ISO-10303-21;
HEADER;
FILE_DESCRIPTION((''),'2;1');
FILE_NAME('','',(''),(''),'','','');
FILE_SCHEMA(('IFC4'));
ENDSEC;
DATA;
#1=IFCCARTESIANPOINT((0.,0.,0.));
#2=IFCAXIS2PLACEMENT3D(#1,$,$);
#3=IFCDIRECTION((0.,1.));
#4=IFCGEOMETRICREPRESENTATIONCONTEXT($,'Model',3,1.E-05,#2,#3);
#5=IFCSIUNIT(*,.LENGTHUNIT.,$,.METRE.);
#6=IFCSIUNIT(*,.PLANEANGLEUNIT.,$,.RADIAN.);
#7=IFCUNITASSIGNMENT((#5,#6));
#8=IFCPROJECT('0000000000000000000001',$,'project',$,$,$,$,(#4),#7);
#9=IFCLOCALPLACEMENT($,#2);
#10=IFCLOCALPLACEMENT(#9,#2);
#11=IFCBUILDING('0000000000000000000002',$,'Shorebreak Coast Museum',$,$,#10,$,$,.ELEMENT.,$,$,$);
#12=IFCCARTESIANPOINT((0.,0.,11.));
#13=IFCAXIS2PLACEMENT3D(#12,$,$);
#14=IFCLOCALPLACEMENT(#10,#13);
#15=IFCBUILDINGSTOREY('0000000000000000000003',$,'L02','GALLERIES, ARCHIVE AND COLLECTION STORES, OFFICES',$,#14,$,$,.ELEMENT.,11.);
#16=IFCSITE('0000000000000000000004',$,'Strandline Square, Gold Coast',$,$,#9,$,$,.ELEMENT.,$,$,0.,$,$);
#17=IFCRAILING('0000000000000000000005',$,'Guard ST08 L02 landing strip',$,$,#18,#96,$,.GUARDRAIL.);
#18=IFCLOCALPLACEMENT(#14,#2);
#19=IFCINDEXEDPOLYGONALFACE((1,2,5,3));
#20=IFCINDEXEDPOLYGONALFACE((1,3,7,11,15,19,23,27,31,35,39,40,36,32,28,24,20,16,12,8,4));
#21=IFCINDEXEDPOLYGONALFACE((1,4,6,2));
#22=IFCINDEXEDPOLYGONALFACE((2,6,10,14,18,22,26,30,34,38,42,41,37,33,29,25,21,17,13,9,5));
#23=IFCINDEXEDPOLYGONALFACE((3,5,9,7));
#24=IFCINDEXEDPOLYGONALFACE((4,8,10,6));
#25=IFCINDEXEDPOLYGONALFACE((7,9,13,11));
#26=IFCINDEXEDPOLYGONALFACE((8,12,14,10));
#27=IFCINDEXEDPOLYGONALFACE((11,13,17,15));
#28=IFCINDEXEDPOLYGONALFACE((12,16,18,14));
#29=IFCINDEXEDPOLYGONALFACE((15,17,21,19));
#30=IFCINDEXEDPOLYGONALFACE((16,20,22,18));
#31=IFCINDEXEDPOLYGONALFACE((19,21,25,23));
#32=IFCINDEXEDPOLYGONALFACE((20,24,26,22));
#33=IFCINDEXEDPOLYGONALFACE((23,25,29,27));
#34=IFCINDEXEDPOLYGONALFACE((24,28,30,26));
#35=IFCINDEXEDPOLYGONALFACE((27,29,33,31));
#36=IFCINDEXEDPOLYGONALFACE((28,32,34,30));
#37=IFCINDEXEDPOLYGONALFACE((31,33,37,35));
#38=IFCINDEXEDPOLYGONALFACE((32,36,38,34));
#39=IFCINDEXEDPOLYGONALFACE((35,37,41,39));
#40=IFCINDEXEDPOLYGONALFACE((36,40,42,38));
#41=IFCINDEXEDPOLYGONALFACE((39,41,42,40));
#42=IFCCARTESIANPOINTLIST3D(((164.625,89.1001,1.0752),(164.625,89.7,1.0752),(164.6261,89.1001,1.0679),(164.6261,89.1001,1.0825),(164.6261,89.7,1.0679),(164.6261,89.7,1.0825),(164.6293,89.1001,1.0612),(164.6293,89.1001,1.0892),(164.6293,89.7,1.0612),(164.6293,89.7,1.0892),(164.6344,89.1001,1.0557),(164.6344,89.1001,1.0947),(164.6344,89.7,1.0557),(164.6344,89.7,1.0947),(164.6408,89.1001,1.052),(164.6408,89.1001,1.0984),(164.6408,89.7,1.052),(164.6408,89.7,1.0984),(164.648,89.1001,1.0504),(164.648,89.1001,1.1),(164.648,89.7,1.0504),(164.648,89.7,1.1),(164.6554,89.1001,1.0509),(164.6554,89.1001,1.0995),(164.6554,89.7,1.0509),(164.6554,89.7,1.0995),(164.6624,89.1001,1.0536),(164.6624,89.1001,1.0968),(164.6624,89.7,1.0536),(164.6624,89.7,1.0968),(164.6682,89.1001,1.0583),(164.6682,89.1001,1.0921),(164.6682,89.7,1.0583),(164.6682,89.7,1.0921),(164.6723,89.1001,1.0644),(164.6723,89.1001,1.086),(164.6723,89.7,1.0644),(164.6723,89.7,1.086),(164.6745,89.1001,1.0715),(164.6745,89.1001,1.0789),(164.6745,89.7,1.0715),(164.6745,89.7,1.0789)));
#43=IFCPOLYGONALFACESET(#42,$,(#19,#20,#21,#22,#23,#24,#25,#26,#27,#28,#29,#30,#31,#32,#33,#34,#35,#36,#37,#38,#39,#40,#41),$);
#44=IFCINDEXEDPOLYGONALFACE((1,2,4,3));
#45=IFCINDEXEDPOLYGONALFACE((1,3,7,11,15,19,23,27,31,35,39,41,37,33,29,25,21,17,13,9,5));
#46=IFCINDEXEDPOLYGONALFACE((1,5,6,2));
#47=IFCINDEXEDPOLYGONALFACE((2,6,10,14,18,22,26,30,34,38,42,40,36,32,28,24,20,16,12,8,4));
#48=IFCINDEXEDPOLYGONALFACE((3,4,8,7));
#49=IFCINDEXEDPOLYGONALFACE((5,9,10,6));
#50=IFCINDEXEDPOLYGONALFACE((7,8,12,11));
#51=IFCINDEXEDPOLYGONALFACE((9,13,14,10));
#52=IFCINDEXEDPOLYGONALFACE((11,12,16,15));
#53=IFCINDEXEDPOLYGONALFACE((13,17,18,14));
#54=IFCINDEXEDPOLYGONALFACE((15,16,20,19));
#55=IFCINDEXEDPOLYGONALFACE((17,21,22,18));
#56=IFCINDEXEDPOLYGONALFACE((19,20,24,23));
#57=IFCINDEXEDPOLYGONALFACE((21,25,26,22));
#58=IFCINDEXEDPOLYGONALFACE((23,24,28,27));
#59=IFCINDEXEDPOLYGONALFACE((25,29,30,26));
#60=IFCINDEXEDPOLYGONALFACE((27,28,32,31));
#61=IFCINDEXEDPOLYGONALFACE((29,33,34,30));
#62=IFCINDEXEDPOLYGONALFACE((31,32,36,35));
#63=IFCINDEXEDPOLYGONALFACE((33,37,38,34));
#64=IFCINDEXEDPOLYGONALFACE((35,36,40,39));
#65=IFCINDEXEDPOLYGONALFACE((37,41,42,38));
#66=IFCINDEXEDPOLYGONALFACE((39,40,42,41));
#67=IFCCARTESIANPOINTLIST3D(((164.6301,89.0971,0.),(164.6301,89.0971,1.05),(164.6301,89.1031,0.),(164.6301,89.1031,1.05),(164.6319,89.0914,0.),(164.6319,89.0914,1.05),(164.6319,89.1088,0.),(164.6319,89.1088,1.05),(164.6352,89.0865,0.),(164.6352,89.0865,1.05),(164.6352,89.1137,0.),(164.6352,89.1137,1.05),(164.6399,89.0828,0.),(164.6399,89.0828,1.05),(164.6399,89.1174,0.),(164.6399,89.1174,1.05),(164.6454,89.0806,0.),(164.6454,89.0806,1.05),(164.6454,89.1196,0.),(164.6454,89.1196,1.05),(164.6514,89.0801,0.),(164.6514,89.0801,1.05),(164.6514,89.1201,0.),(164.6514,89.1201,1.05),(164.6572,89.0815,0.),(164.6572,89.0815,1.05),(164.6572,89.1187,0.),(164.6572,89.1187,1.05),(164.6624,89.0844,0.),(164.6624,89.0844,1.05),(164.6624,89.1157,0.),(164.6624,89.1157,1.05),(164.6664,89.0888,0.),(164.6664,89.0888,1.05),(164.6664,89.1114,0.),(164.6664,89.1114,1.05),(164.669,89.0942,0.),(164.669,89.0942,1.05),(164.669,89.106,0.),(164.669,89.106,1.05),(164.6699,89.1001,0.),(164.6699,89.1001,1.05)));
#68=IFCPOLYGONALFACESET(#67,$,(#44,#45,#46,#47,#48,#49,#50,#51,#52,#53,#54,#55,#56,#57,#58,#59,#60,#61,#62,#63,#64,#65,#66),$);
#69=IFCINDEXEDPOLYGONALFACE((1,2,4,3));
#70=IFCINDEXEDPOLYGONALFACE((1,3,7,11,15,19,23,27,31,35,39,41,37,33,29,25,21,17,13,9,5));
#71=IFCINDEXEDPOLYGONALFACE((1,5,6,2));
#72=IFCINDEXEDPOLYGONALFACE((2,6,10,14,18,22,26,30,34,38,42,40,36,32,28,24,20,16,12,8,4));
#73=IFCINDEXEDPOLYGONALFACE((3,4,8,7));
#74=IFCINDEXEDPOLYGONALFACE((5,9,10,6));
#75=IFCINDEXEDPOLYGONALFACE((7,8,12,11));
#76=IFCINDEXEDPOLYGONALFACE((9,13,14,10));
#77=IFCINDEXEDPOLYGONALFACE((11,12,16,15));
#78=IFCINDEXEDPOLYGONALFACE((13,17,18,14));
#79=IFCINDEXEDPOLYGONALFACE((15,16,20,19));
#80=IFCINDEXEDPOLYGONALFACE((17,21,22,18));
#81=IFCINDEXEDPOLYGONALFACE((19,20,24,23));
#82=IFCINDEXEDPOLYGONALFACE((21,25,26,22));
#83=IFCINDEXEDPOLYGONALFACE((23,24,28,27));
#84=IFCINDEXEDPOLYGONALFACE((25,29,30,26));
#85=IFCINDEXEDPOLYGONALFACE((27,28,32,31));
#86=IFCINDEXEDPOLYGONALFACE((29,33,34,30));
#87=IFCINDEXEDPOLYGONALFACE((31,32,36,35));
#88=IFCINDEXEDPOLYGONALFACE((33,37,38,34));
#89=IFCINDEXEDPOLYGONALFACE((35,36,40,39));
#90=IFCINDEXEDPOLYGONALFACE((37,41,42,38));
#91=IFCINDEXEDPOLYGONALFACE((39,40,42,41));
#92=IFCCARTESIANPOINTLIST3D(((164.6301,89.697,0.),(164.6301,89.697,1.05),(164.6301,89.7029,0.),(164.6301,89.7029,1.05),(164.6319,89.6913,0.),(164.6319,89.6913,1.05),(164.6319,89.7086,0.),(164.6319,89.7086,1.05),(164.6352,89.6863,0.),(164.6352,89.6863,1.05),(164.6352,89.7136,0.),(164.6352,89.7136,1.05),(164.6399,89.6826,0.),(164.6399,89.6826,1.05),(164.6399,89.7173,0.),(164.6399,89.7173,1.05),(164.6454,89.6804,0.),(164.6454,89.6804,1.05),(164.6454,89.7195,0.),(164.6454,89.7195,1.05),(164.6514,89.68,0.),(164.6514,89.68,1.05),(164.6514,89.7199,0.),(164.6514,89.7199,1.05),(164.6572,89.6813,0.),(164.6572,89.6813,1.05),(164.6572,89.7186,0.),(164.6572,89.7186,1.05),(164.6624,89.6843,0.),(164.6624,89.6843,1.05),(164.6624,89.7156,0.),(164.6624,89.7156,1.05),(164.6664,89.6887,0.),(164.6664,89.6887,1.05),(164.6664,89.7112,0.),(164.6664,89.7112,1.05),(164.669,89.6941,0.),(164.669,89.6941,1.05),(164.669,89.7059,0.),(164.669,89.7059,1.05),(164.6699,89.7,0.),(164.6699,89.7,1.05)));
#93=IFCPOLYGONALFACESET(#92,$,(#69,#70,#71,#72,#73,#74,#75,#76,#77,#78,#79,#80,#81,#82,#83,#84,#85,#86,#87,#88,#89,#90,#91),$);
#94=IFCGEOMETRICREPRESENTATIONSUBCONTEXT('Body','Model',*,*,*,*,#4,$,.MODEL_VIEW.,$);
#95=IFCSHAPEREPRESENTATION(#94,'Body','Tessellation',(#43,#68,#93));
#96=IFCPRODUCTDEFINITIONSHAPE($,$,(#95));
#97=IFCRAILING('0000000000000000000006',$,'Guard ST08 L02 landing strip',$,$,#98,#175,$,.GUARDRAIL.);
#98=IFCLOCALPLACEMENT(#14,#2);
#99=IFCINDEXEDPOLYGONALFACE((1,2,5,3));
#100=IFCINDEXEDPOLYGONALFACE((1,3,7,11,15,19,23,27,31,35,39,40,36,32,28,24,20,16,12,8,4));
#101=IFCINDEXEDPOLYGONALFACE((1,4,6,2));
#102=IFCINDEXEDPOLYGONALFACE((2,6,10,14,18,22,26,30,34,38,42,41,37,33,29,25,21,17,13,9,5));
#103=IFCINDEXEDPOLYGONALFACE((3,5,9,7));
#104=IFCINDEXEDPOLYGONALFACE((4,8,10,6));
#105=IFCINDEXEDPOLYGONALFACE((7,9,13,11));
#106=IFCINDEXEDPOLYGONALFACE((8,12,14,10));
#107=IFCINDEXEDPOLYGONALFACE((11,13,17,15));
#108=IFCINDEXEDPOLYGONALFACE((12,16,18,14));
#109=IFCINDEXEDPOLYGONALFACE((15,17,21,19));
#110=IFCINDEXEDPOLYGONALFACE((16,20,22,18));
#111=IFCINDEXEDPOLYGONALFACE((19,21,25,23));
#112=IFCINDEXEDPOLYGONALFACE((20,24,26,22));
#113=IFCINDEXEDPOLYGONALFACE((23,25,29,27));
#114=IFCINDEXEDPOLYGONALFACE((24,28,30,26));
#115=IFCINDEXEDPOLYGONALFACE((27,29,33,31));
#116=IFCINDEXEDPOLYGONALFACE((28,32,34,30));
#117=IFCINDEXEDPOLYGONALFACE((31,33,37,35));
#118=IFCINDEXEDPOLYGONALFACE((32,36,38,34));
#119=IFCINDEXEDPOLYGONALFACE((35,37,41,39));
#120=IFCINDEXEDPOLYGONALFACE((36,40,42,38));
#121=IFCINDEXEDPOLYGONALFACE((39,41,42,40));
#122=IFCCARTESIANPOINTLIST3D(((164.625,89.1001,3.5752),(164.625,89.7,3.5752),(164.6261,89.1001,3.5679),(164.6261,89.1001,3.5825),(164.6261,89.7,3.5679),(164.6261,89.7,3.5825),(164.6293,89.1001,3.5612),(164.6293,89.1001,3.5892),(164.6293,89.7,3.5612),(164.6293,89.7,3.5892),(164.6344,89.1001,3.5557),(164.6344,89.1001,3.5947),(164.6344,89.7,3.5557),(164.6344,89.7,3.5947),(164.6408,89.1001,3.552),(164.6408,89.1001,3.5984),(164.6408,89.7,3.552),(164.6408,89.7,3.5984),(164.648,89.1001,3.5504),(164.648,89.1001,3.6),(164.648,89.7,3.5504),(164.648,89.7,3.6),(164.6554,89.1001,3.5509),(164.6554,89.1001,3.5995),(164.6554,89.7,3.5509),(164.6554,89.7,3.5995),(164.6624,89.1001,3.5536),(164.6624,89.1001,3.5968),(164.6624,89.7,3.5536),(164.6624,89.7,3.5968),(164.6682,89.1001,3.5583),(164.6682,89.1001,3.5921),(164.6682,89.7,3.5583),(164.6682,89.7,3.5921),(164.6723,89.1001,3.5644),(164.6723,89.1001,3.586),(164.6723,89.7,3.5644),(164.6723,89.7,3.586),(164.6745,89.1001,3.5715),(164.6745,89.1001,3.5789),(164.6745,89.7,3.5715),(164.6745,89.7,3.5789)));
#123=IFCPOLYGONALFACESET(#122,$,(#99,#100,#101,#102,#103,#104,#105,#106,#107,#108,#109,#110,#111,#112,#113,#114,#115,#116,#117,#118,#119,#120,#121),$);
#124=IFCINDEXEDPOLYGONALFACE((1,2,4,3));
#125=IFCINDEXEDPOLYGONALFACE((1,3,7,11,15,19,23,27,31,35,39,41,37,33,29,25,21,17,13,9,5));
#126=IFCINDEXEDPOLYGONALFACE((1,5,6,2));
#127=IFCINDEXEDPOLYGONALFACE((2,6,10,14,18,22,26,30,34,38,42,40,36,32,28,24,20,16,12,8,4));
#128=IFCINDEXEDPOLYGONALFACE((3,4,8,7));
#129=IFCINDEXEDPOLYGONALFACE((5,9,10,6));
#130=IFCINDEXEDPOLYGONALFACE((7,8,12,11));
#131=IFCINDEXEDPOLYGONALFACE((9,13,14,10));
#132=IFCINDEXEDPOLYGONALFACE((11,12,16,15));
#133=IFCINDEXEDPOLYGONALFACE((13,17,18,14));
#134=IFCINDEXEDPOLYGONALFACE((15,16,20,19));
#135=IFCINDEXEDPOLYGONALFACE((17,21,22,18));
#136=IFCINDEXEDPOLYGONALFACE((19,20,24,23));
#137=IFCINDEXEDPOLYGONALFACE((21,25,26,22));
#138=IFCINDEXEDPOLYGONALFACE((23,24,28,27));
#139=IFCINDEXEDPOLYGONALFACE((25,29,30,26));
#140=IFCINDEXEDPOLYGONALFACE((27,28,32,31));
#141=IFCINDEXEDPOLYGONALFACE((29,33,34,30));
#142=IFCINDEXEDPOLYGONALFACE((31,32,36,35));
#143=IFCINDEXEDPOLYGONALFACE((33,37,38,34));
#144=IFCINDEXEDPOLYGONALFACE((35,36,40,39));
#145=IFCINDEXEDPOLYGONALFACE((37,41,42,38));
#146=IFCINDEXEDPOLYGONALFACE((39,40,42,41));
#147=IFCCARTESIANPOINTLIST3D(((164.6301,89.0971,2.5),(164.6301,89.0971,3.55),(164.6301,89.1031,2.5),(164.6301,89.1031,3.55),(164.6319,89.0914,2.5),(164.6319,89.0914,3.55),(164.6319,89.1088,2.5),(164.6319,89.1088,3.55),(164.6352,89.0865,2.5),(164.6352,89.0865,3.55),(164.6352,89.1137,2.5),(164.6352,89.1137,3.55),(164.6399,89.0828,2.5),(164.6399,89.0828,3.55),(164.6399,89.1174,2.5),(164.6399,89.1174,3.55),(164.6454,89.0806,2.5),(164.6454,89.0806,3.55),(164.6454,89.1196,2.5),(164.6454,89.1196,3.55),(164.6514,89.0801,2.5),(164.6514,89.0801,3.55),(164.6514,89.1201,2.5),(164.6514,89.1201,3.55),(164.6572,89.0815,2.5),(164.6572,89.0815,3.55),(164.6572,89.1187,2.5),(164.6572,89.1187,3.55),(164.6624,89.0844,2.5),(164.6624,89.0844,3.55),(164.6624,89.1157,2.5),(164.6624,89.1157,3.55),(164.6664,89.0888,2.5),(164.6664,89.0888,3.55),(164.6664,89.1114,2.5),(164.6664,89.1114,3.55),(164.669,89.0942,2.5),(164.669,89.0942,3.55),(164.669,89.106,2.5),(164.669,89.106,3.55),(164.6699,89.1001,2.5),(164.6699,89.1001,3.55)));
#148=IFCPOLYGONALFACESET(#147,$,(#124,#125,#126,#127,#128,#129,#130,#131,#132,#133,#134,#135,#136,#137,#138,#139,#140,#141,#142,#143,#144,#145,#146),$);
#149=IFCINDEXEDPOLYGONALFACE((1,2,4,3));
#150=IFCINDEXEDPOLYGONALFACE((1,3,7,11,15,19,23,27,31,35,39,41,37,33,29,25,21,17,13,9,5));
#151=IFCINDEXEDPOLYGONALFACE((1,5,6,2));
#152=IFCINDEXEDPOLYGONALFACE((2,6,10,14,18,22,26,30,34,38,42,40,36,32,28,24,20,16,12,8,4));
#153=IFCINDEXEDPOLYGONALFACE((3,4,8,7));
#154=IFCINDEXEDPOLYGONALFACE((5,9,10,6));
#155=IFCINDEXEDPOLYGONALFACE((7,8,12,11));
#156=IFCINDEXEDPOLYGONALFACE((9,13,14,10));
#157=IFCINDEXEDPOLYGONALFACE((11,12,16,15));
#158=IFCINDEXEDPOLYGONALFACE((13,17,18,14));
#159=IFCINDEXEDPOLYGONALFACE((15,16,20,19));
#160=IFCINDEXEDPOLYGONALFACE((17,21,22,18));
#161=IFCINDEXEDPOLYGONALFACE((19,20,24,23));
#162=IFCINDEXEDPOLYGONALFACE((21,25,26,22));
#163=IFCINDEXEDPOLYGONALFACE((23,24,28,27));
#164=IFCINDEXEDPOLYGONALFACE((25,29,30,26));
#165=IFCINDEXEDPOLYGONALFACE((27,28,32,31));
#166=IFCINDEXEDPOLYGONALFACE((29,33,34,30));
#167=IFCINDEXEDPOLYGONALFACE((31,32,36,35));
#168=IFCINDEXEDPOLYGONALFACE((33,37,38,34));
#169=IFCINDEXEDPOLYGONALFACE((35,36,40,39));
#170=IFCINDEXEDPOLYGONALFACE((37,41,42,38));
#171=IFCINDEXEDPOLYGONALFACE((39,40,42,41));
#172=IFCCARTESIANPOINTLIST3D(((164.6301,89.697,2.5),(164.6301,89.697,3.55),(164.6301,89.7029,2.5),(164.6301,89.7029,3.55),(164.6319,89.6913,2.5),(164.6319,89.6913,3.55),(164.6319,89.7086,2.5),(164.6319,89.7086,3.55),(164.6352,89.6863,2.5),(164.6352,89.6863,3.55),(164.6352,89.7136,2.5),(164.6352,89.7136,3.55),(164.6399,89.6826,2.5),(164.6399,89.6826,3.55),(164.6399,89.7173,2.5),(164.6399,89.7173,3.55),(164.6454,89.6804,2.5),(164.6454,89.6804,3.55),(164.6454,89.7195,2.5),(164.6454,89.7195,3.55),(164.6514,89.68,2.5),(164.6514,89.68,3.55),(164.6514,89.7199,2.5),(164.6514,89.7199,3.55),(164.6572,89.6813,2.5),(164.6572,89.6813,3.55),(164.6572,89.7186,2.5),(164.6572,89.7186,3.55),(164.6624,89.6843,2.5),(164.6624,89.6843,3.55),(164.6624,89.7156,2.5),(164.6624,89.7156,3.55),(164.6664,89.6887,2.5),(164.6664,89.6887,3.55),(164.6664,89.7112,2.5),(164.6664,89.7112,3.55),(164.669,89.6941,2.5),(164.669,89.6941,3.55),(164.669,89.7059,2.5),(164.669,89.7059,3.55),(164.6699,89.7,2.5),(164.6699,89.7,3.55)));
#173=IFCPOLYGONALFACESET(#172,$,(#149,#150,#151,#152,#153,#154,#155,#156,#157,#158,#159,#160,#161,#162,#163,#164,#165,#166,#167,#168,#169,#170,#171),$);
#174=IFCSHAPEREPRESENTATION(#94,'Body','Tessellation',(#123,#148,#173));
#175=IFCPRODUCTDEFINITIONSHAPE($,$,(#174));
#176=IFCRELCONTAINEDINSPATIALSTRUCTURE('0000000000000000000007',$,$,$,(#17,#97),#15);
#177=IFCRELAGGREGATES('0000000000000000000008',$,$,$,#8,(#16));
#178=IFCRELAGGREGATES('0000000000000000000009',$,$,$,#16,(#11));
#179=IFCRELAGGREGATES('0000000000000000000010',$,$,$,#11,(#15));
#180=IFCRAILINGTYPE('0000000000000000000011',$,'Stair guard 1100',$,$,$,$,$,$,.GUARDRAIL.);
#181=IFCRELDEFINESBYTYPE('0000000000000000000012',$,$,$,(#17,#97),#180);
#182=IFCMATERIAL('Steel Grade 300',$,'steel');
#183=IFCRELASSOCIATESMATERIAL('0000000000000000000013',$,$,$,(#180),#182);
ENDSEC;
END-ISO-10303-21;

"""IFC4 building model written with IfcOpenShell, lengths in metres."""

from ifc_helpers import new_model, si_unit, direction, frame, origin, origin_2d, place, context, subcontext, project, spatial, circle, extrude, material, type_object, element, save


model = new_model("IFC4")

# Units and contexts
model_context = context("Model", 3, precision=1e-05, world=origin(), true_north=direction((0.0, 1.0)))
body_context = subcontext(model_context, "Body", "Model", "MODEL_VIEW")
ifc_project = project(units=[si_unit("LENGTHUNIT", "METRE"), si_unit("PLANEANGLEUNIT", "RADIAN")], contexts=[model_context])

# Site, building, storey
site_placement = place(None, origin())
site = spatial("IfcSite", under=ifc_project, at=site_placement, Name="Strandline Square, Gold Coast", CompositionType="ELEMENT", RefElevation=0.0)
building_placement = place(site_placement, origin())
building = spatial("IfcBuilding", under=site, at=building_placement, Name="Shorebreak Coast Museum", CompositionType="ELEMENT")
storey_placement = place(building_placement, frame((0.0, 0.0, 11.0)))
storey = spatial("IfcBuildingStorey", under=building, at=storey_placement, Name="L02", Description="GALLERIES, ARCHIVE AND COLLECTION STORES, OFFICES", CompositionType="ELEMENT", Elevation=11.0)

# Railings
ifc_material_1 = material(Name="Steel Grade 300", Category="steel")
railing_type_1 = type_object("IfcRailingType", Name="Stair guard 1100", PredefinedType="GUARDRAIL", material=ifc_material_1)
for number, where, name in (
    (1, (164.6499, 89.1001, 0.0), "Guard ST08 L02 landing strip"),
    (2, (164.6499, 89.1001, 2.5), "Guard ST08 L02 landing strip"),
):
    element("IfcRailing", number, at=place(storey_placement, frame(where)), inside=storey, type_object=railing_type_1, Name=name, PredefinedType="GUARDRAIL", context=body_context, shape_type="SweptSolid", body=[
        extrude(circle(Radius=0.0249, at=origin_2d()), frame((0.0, 0.0, 1.0752), z_axis=(0.0, 1.0, 0.0), x_axis=(-1.0, 0.0, 0.0)), (0.0, 0.0, 1.0), 0.5999),
        extrude(circle(Radius=0.02, at=origin_2d()), origin(), (0.0, 0.0, 1.0), 1.05),
        extrude(circle(Radius=0.02, at=origin_2d()), frame((0.0, 0.5999, 0.0)), (0.0, 0.0, 1.0), 1.05),
    ])

save(model, "model.ifc")
